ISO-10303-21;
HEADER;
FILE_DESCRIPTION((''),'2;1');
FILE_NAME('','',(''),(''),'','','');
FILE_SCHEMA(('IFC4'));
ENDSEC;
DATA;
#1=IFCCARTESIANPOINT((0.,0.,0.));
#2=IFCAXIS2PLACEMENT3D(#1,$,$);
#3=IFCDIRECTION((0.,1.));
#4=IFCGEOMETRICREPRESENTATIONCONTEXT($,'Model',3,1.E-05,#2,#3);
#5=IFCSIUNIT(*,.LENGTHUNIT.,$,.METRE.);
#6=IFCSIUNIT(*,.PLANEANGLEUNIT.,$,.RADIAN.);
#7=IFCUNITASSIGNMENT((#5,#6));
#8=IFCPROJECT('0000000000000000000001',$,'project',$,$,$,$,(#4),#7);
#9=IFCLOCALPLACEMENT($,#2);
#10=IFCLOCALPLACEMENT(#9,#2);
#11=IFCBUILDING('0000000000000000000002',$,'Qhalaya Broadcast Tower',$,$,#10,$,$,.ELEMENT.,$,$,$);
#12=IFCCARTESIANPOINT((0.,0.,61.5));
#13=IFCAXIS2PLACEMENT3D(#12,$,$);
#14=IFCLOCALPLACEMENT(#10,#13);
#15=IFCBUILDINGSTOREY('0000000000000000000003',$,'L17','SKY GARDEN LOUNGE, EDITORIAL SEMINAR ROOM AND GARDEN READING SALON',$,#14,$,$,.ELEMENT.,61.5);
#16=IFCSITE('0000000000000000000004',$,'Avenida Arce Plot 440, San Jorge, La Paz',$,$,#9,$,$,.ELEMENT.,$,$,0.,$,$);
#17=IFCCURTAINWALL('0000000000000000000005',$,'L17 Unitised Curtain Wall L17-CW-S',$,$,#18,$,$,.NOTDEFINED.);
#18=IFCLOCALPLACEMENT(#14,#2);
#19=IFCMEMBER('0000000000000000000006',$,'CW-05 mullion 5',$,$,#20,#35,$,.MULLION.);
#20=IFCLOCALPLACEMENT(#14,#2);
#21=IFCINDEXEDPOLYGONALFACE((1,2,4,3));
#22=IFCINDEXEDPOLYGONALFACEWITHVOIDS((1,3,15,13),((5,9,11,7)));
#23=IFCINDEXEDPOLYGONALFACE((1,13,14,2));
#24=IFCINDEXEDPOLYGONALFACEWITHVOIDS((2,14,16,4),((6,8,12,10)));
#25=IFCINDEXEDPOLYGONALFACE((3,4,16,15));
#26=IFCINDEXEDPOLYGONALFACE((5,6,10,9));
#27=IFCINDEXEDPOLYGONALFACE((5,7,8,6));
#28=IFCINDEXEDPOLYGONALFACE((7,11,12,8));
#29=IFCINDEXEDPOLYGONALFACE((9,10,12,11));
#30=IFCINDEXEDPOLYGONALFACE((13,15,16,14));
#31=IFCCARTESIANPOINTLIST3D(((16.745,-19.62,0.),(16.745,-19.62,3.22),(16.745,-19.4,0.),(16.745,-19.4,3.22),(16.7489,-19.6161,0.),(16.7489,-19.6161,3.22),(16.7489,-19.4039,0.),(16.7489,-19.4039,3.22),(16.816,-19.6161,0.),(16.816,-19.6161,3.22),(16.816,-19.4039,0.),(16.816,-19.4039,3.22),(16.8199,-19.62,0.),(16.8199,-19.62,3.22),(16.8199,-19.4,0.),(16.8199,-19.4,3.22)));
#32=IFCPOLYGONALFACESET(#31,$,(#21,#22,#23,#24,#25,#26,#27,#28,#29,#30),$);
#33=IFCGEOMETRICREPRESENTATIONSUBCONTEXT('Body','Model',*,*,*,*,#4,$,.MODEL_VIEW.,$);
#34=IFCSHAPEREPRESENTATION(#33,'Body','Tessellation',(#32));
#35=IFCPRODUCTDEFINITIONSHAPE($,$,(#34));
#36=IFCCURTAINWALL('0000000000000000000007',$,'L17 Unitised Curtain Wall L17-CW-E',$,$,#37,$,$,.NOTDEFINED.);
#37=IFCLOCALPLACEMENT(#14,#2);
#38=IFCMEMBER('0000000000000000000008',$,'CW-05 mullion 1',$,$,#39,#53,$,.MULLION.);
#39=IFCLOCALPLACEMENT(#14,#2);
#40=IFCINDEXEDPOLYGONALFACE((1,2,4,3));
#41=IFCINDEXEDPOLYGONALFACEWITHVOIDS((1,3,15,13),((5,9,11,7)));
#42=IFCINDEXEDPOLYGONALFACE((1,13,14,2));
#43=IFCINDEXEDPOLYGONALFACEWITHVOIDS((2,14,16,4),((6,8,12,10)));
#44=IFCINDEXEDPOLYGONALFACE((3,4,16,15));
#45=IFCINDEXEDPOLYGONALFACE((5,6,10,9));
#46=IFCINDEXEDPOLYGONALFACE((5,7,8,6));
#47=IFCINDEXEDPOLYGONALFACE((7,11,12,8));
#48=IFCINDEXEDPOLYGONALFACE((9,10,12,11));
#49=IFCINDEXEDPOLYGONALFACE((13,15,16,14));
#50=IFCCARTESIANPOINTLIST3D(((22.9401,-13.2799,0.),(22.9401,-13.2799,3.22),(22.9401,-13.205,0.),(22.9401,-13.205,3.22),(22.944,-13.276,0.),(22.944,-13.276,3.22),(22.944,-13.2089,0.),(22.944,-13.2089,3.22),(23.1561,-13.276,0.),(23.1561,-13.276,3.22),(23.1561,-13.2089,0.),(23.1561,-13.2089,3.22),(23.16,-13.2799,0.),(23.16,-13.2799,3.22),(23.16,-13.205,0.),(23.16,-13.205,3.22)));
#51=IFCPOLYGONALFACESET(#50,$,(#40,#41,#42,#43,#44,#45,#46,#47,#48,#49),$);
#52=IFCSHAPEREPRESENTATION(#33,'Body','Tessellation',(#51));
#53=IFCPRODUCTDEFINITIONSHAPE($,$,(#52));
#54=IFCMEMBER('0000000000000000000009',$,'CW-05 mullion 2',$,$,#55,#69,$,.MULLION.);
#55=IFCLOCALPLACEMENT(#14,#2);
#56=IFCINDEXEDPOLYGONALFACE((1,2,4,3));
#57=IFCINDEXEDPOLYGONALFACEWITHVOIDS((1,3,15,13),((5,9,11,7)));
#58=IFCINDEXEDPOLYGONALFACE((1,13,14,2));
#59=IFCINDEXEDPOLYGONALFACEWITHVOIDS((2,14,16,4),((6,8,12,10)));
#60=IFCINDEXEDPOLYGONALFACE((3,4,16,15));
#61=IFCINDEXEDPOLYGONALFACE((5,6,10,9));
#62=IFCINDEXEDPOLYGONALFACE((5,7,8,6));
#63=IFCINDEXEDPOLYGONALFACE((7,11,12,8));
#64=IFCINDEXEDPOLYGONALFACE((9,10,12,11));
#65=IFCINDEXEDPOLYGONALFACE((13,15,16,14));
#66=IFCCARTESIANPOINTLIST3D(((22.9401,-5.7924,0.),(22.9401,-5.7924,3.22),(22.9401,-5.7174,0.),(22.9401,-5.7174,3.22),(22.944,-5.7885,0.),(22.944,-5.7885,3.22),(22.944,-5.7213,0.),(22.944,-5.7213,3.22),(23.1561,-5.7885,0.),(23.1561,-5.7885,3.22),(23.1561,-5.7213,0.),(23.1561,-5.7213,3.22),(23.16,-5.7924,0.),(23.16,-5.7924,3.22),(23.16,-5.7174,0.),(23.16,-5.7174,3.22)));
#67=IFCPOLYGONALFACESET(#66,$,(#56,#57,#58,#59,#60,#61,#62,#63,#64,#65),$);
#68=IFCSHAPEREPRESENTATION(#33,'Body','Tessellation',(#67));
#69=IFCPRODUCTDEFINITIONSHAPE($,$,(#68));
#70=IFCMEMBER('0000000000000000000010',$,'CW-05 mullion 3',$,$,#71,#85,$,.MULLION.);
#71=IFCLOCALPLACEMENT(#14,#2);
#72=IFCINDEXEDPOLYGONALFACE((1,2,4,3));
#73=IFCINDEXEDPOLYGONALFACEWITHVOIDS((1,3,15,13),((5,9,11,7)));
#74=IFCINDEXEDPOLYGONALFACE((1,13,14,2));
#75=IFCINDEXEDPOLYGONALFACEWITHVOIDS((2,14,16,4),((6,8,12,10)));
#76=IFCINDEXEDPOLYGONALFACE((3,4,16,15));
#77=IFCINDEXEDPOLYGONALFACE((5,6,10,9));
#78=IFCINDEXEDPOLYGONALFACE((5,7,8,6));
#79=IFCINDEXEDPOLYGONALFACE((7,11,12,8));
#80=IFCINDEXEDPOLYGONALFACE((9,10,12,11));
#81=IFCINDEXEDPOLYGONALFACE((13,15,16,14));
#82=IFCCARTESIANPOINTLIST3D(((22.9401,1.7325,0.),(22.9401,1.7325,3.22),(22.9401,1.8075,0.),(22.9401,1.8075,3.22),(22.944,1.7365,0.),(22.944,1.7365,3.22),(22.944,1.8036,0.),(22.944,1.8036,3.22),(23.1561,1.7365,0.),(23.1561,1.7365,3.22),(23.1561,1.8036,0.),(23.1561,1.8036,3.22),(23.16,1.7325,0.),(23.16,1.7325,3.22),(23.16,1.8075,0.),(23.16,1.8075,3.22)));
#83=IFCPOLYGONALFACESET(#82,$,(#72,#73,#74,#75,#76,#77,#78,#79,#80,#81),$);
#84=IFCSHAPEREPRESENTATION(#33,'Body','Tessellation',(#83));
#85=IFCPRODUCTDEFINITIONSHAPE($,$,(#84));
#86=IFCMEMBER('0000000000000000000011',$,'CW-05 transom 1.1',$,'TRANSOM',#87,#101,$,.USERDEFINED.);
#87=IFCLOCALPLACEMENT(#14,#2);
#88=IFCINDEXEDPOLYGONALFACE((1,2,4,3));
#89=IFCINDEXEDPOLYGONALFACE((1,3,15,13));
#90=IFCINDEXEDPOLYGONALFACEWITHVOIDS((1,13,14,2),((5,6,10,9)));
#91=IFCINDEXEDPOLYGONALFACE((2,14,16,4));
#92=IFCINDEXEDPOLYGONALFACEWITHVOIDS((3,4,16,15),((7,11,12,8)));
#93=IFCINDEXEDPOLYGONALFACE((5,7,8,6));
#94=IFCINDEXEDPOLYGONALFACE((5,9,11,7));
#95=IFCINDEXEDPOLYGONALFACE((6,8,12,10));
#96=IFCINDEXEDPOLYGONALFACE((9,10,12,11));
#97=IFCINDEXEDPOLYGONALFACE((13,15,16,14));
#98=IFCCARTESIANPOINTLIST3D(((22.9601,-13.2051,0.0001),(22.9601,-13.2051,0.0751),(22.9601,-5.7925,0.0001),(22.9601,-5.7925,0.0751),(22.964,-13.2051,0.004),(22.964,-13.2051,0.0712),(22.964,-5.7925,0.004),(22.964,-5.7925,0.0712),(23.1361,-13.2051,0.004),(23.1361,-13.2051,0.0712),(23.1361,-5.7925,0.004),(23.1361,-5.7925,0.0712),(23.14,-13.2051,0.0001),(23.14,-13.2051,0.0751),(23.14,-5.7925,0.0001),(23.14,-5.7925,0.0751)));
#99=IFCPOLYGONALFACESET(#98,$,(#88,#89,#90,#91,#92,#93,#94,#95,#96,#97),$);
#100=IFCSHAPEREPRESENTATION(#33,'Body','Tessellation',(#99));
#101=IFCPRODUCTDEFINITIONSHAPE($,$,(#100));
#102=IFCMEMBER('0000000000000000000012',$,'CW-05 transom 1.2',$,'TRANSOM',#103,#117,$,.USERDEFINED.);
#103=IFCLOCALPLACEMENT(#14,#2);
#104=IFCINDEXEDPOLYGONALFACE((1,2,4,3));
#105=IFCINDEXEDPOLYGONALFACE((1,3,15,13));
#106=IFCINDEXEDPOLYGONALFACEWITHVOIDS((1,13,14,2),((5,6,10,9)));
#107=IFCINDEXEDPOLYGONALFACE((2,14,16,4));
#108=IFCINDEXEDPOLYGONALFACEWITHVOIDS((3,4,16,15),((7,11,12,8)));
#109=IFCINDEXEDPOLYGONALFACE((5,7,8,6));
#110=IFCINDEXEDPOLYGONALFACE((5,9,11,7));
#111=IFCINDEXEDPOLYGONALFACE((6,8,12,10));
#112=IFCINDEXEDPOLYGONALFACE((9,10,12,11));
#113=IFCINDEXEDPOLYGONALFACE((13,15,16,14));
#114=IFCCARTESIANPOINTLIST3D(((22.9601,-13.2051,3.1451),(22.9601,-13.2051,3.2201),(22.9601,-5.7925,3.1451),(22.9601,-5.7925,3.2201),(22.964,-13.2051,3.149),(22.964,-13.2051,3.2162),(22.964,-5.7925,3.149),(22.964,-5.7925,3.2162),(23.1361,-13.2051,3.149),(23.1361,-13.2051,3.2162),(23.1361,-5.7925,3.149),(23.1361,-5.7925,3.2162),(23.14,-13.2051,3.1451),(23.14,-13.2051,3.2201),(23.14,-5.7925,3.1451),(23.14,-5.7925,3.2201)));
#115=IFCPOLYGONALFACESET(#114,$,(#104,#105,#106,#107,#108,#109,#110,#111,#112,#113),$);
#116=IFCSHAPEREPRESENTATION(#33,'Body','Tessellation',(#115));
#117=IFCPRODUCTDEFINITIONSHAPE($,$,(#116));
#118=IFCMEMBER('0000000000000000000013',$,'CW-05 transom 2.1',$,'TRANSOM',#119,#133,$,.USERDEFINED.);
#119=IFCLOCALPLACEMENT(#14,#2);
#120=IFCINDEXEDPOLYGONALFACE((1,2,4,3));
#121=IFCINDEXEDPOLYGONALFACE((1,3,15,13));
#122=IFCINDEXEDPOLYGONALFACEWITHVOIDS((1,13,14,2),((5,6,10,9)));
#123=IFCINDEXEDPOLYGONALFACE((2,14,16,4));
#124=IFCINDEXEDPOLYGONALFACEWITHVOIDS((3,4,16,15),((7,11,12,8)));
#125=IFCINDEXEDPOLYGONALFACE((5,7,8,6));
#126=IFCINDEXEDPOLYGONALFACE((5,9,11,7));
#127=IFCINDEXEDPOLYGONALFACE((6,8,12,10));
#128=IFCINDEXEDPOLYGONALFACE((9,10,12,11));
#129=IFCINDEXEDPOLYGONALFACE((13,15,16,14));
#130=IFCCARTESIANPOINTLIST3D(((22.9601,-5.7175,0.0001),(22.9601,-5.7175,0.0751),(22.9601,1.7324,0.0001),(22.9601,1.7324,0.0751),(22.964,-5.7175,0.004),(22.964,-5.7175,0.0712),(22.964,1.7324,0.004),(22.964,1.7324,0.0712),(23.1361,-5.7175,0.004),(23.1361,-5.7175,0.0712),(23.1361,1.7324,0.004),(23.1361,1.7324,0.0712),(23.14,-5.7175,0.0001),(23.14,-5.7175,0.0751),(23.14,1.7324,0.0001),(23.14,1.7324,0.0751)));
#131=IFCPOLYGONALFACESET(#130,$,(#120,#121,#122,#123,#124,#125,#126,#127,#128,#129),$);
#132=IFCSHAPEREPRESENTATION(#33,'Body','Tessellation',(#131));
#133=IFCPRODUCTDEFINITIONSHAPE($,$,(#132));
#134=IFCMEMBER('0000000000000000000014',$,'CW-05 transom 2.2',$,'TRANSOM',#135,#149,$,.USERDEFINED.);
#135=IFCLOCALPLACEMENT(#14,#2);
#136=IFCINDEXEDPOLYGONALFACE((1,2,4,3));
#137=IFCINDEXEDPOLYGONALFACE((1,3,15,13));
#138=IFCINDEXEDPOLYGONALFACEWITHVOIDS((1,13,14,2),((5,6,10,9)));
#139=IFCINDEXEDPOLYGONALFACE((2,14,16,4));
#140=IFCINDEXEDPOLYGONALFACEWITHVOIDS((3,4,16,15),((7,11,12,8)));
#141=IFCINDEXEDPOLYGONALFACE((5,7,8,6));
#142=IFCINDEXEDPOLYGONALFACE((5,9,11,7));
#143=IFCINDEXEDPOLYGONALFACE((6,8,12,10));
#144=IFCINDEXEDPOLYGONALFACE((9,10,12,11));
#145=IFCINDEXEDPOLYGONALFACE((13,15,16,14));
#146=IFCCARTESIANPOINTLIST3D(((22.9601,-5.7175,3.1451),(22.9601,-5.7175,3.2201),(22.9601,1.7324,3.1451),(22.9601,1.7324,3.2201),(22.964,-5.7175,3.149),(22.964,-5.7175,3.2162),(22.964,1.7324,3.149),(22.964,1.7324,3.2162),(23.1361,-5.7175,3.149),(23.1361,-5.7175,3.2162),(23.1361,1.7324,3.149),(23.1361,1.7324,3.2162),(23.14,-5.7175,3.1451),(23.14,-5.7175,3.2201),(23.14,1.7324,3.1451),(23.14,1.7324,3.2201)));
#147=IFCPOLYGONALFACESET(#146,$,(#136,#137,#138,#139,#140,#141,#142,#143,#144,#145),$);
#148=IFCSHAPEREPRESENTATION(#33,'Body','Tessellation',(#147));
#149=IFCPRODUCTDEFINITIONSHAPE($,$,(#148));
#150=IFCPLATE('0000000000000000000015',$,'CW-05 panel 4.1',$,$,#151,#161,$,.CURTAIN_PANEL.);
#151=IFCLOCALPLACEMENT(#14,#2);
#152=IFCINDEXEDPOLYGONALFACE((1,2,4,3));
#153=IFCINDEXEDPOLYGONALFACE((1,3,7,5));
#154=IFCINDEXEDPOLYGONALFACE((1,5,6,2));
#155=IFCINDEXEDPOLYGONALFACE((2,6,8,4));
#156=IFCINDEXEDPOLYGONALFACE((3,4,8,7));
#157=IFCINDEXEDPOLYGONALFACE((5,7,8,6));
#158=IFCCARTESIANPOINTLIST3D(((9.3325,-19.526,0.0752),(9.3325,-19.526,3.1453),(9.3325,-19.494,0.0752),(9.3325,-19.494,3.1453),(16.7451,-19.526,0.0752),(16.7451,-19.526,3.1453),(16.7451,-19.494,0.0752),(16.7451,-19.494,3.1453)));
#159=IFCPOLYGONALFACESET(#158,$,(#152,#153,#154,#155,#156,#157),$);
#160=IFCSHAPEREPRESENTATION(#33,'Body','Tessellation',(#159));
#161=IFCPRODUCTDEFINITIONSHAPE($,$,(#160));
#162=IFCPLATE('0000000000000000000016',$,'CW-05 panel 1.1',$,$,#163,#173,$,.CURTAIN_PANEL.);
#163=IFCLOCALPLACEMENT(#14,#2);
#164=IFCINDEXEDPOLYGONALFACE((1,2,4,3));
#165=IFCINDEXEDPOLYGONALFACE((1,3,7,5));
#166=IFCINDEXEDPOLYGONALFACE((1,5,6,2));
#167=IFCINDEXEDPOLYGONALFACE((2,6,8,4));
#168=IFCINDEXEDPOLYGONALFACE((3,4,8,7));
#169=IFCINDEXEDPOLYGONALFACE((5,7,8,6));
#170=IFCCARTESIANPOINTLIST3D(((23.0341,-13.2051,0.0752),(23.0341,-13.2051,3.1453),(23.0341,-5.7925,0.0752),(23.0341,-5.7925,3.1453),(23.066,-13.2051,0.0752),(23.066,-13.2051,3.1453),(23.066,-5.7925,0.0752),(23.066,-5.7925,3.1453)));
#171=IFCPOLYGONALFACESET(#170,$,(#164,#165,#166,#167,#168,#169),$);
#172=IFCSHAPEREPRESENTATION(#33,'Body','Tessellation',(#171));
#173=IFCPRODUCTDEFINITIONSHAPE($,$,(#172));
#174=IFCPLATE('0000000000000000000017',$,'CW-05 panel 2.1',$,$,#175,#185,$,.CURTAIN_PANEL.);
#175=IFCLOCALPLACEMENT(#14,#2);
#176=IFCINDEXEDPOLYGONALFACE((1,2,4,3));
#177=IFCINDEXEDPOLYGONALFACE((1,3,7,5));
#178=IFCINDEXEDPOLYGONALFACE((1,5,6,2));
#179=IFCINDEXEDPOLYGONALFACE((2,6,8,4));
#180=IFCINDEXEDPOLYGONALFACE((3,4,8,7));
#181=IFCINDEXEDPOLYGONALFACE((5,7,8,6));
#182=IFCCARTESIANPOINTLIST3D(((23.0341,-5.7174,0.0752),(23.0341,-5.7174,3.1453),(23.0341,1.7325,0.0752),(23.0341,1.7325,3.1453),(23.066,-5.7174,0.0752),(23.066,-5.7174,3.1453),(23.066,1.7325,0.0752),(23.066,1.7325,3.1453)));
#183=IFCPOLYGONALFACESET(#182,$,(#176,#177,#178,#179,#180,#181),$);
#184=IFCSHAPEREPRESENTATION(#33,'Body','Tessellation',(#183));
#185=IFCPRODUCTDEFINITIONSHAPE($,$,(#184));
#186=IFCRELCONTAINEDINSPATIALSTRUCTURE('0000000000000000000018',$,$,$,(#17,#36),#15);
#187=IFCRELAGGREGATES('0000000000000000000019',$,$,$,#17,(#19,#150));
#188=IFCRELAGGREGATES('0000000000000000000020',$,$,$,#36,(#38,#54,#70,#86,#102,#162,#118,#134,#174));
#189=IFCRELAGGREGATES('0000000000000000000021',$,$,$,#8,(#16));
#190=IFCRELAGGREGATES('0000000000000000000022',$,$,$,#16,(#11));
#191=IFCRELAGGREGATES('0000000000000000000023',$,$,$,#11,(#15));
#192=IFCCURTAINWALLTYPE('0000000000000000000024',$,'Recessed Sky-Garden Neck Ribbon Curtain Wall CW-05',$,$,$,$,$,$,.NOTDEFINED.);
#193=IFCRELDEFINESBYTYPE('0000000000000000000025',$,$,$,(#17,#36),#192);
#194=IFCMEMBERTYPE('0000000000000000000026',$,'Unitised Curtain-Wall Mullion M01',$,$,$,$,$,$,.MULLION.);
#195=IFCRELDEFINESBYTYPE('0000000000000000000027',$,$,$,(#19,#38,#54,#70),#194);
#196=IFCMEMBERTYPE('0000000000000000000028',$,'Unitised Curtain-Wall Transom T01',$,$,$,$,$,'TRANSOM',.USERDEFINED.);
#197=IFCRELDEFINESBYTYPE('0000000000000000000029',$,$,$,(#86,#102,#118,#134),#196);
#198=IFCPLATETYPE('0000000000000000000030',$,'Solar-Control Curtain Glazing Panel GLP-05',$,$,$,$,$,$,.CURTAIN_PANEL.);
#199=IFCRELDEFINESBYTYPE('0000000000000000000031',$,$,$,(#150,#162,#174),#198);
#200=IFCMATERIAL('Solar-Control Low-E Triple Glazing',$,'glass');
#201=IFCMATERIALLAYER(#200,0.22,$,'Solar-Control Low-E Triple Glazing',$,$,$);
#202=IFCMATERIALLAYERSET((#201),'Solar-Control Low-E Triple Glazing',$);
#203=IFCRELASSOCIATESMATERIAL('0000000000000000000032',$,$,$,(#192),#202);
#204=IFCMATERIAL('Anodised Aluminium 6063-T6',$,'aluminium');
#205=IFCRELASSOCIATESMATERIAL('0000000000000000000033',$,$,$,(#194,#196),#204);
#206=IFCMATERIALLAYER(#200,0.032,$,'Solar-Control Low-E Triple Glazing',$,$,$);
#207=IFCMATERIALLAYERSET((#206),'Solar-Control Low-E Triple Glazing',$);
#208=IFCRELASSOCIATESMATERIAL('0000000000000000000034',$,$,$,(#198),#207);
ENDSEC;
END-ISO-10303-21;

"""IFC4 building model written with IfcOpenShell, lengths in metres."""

from ifc_helpers import new_model, si_unit, direction, frame, origin, origin_2d, place, context, subcontext, project, spatial, rectangle, hollow_rectangle, extrude, material, layer, layer_set, material_profile, profile_set, type_object, element, aggregate, save


model = new_model("IFC4")

# Units and contexts
model_context = context("Model", 3, precision=1e-05, world=origin(), true_north=direction((0.0, 1.0)))
body_context = subcontext(model_context, "Body", "Model", "MODEL_VIEW")
ifc_project = project(units=[si_unit("LENGTHUNIT", "METRE"), si_unit("PLANEANGLEUNIT", "RADIAN")], contexts=[model_context])

# Site, building, storey
site_placement = place(None, origin())
site = spatial("IfcSite", under=ifc_project, at=site_placement, Name="Avenida Arce Plot 440, San Jorge, La Paz", CompositionType="ELEMENT", RefElevation=0.0)
building_placement = place(site_placement, origin())
building = spatial("IfcBuilding", under=site, at=building_placement, Name="Qhalaya Broadcast Tower", CompositionType="ELEMENT")
storey_placement = place(building_placement, frame((0.0, 0.0, 61.5)))
storey = spatial("IfcBuildingStorey", under=building, at=storey_placement, Name="L17", Description="SKY GARDEN LOUNGE, EDITORIAL SEMINAR ROOM AND GARDEN READING SALON", CompositionType="ELEMENT", Elevation=61.5)

# Curtain wall, member
ifc_material_1 = material(Name="Solar-Control Low-E Triple Glazing", Category="glass")
ifc_layer_1 = layer(ifc_material_1, 0.22, Name="Solar-Control Low-E Triple Glazing")
ifc_layer_set_1 = layer_set([ifc_layer_1], Name="Solar-Control Low-E Triple Glazing")
curtain_wall_type = type_object("IfcCurtainWallType", Name="Recessed Sky-Garden Neck Ribbon Curtain Wall CW-05", PredefinedType="NOTDEFINED", material=ifc_layer_set_1)
curtain_wall_1_placement = place(storey_placement, origin())
curtain_wall_1 = element("IfcCurtainWall", 1, at=curtain_wall_1_placement, inside=storey, type_object=curtain_wall_type, Name="L17 Unitised Curtain Wall L17-CW-S", PredefinedType="NOTDEFINED")
ifc_material_2 = material(Name="Anodised Aluminium 6063-T6", Category="aluminium")
ifc_material_profile_1 = material_profile(ifc_material_2, hollow_rectangle(XDim=0.075, YDim=0.22, WallThickness=0.0039, at=origin_2d()), Name="ALU-MUL 75x220x4")
ifc_profile_set_1 = profile_set([ifc_material_profile_1], Name="Anodised Aluminium 6063-T6")
member_type_1 = type_object("IfcMemberType", Name="Unitised Curtain-Wall Mullion M01", PredefinedType="MULLION", material=ifc_profile_set_1)
member_1_placement = place(storey_placement, frame((16.7825, -19.51, 0.0), z_axis=(0.0, 0.0, 1.0), x_axis=(1.0, 0.0, 0.0)))
member_1 = element("IfcMember", 2, at=member_1_placement, type_object=member_type_1, Name="CW-05 mullion 5", PredefinedType="MULLION", context=body_context, shape_type="SweptSolid", body=[
    extrude(hollow_rectangle(XDim=0.075, YDim=0.22, WallThickness=0.0039, at=origin_2d()), origin(), (0.0, 0.0, 1.0), 3.22),
])

# Curtain wall, members
curtain_wall_2_placement = place(storey_placement, origin())
curtain_wall_2 = element("IfcCurtainWall", 3, at=curtain_wall_2_placement, inside=storey, type_object=curtain_wall_type, Name="L17 Unitised Curtain Wall L17-CW-E", PredefinedType="NOTDEFINED")
member_2_placement = place(storey_placement, frame((23.05, -13.2424, 0.0), z_axis=(0.0, 0.0, 1.0), x_axis=(0.0, 1.0, 0.0)))
member_2 = element("IfcMember", 4, at=member_2_placement, type_object=member_type_1, Name="CW-05 mullion 1", PredefinedType="MULLION", context=body_context, shape_type="SweptSolid", body=[
    extrude(hollow_rectangle(XDim=0.075, YDim=0.22, WallThickness=0.0039, at=origin_2d()), origin(), (0.0, 0.0, 1.0), 3.22),
])
member_3_placement = place(storey_placement, frame((23.05, -5.7549, 0.0), z_axis=(0.0, 0.0, 1.0), x_axis=(0.0, 1.0, 0.0)))
member_3 = element("IfcMember", 5, at=member_3_placement, type_object=member_type_1, Name="CW-05 mullion 2", PredefinedType="MULLION", context=body_context, shape_type="SweptSolid", body=[
    extrude(hollow_rectangle(XDim=0.075, YDim=0.22, WallThickness=0.0039, at=origin_2d()), origin(), (0.0, 0.0, 1.0), 3.22),
])
member_4_placement = place(storey_placement, frame((23.05, 1.77, 0.0), z_axis=(0.0, 0.0, 1.0), x_axis=(0.0, 1.0, 0.0)))
member_4 = element("IfcMember", 6, at=member_4_placement, type_object=member_type_1, Name="CW-05 mullion 3", PredefinedType="MULLION", context=body_context, shape_type="SweptSolid", body=[
    extrude(hollow_rectangle(XDim=0.075, YDim=0.22, WallThickness=0.0039, at=origin_2d()), origin(), (0.0, 0.0, 1.0), 3.22),
])
ifc_material_profile_2 = material_profile(ifc_material_2, hollow_rectangle(XDim=0.075, YDim=0.1799, WallThickness=0.0039, at=origin_2d()), Name="ALU-TRN 75x180x4")
ifc_profile_set_2 = profile_set([ifc_material_profile_2], Name="Anodised Aluminium 6063-T6")
member_type_2 = type_object("IfcMemberType", Name="Unitised Curtain-Wall Transom T01", ElementType="TRANSOM", PredefinedType="USERDEFINED", material=ifc_profile_set_2)
member_5_placement = place(storey_placement, frame((23.05, -13.2051, 0.0376), z_axis=(0.0, 1.0, 0.0), x_axis=(0.0, 0.0, 1.0)))
member_5 = element("IfcMember", 7, at=member_5_placement, type_object=member_type_2, Name="CW-05 transom 1.1", ObjectType="TRANSOM", PredefinedType="USERDEFINED", context=body_context, shape_type="SweptSolid", body=[
    extrude(hollow_rectangle(XDim=0.075, YDim=0.1799, WallThickness=0.0039, at=origin_2d()), origin(), (0.0, 0.0, 1.0), 7.4126),
])
member_6_placement = place(storey_placement, frame((23.05, -13.2051, 3.1826), z_axis=(0.0, 1.0, 0.0), x_axis=(0.0, 0.0, 1.0)))
member_6 = element("IfcMember", 8, at=member_6_placement, type_object=member_type_2, Name="CW-05 transom 1.2", ObjectType="TRANSOM", PredefinedType="USERDEFINED", context=body_context, shape_type="SweptSolid", body=[
    extrude(hollow_rectangle(XDim=0.075, YDim=0.1799, WallThickness=0.0039, at=origin_2d()), origin(), (0.0, 0.0, 1.0), 7.4126),
])
member_7_placement = place(storey_placement, frame((23.05, -5.7175, 0.0376), z_axis=(0.0, 1.0, 0.0), x_axis=(0.0, 0.0, 1.0)))
member_7 = element("IfcMember", 9, at=member_7_placement, type_object=member_type_2, Name="CW-05 transom 2.1", ObjectType="TRANSOM", PredefinedType="USERDEFINED", context=body_context, shape_type="SweptSolid", body=[
    extrude(hollow_rectangle(XDim=0.075, YDim=0.1799, WallThickness=0.0039, at=origin_2d()), origin(), (0.0, 0.0, 1.0), 7.45),
])
member_8_placement = place(storey_placement, frame((23.05, -5.7175, 3.1826), z_axis=(0.0, 1.0, 0.0), x_axis=(0.0, 0.0, 1.0)))
member_8 = element("IfcMember", 10, at=member_8_placement, type_object=member_type_2, Name="CW-05 transom 2.2", ObjectType="TRANSOM", PredefinedType="USERDEFINED", context=body_context, shape_type="SweptSolid", body=[
    extrude(hollow_rectangle(XDim=0.075, YDim=0.1799, WallThickness=0.0039, at=origin_2d()), origin(), (0.0, 0.0, 1.0), 7.45),
])

# Plates
ifc_layer_2 = layer(ifc_material_1, 0.032, Name="Solar-Control Low-E Triple Glazing")
ifc_layer_set_2 = layer_set([ifc_layer_2], Name="Solar-Control Low-E Triple Glazing")
plate_type = type_object("IfcPlateType", Name="Solar-Control Curtain Glazing Panel GLP-05", PredefinedType="CURTAIN_PANEL", material=ifc_layer_set_2)
plate_1_placement = place(storey_placement, frame((13.0388, -19.51, 0.0752), z_axis=(0.0, 0.0, 1.0), x_axis=(1.0, 0.0, 0.0)))
plate_1 = element("IfcPlate", 11, at=plate_1_placement, type_object=plate_type, Name="CW-05 panel 4.1", PredefinedType="CURTAIN_PANEL", context=body_context, shape_type="SweptSolid", body=[
    extrude(rectangle(XDim=7.4126, YDim=0.032, at=origin_2d()), origin(), (0.0, 0.0, 1.0), 3.0701),
])
aggregate(curtain_wall_1, [member_1, plate_1])
plate_2_placement = place(storey_placement, frame((23.05, -9.4988, 0.0752), z_axis=(0.0, 0.0, 1.0), x_axis=(0.0, 1.0, 0.0)))
plate_2 = element("IfcPlate", 12, at=plate_2_placement, type_object=plate_type, Name="CW-05 panel 1.1", PredefinedType="CURTAIN_PANEL", context=body_context, shape_type="SweptSolid", body=[
    extrude(rectangle(XDim=7.4126, YDim=0.032, at=origin_2d()), origin(), (0.0, 0.0, 1.0), 3.0701),
])
plate_3_placement = place(storey_placement, frame((23.05, -1.9924, 0.0752), z_axis=(0.0, 0.0, 1.0), x_axis=(0.0, 1.0, 0.0)))
plate_3 = element("IfcPlate", 13, at=plate_3_placement, type_object=plate_type, Name="CW-05 panel 2.1", PredefinedType="CURTAIN_PANEL", context=body_context, shape_type="SweptSolid", body=[
    extrude(rectangle(XDim=7.45, YDim=0.032, at=origin_2d()), origin(), (0.0, 0.0, 1.0), 3.0701),
])
aggregate(curtain_wall_2, [member_2, member_3, member_4, member_5, member_6, plate_2, member_7, member_8, plate_3])

save(model, "model.ifc")
